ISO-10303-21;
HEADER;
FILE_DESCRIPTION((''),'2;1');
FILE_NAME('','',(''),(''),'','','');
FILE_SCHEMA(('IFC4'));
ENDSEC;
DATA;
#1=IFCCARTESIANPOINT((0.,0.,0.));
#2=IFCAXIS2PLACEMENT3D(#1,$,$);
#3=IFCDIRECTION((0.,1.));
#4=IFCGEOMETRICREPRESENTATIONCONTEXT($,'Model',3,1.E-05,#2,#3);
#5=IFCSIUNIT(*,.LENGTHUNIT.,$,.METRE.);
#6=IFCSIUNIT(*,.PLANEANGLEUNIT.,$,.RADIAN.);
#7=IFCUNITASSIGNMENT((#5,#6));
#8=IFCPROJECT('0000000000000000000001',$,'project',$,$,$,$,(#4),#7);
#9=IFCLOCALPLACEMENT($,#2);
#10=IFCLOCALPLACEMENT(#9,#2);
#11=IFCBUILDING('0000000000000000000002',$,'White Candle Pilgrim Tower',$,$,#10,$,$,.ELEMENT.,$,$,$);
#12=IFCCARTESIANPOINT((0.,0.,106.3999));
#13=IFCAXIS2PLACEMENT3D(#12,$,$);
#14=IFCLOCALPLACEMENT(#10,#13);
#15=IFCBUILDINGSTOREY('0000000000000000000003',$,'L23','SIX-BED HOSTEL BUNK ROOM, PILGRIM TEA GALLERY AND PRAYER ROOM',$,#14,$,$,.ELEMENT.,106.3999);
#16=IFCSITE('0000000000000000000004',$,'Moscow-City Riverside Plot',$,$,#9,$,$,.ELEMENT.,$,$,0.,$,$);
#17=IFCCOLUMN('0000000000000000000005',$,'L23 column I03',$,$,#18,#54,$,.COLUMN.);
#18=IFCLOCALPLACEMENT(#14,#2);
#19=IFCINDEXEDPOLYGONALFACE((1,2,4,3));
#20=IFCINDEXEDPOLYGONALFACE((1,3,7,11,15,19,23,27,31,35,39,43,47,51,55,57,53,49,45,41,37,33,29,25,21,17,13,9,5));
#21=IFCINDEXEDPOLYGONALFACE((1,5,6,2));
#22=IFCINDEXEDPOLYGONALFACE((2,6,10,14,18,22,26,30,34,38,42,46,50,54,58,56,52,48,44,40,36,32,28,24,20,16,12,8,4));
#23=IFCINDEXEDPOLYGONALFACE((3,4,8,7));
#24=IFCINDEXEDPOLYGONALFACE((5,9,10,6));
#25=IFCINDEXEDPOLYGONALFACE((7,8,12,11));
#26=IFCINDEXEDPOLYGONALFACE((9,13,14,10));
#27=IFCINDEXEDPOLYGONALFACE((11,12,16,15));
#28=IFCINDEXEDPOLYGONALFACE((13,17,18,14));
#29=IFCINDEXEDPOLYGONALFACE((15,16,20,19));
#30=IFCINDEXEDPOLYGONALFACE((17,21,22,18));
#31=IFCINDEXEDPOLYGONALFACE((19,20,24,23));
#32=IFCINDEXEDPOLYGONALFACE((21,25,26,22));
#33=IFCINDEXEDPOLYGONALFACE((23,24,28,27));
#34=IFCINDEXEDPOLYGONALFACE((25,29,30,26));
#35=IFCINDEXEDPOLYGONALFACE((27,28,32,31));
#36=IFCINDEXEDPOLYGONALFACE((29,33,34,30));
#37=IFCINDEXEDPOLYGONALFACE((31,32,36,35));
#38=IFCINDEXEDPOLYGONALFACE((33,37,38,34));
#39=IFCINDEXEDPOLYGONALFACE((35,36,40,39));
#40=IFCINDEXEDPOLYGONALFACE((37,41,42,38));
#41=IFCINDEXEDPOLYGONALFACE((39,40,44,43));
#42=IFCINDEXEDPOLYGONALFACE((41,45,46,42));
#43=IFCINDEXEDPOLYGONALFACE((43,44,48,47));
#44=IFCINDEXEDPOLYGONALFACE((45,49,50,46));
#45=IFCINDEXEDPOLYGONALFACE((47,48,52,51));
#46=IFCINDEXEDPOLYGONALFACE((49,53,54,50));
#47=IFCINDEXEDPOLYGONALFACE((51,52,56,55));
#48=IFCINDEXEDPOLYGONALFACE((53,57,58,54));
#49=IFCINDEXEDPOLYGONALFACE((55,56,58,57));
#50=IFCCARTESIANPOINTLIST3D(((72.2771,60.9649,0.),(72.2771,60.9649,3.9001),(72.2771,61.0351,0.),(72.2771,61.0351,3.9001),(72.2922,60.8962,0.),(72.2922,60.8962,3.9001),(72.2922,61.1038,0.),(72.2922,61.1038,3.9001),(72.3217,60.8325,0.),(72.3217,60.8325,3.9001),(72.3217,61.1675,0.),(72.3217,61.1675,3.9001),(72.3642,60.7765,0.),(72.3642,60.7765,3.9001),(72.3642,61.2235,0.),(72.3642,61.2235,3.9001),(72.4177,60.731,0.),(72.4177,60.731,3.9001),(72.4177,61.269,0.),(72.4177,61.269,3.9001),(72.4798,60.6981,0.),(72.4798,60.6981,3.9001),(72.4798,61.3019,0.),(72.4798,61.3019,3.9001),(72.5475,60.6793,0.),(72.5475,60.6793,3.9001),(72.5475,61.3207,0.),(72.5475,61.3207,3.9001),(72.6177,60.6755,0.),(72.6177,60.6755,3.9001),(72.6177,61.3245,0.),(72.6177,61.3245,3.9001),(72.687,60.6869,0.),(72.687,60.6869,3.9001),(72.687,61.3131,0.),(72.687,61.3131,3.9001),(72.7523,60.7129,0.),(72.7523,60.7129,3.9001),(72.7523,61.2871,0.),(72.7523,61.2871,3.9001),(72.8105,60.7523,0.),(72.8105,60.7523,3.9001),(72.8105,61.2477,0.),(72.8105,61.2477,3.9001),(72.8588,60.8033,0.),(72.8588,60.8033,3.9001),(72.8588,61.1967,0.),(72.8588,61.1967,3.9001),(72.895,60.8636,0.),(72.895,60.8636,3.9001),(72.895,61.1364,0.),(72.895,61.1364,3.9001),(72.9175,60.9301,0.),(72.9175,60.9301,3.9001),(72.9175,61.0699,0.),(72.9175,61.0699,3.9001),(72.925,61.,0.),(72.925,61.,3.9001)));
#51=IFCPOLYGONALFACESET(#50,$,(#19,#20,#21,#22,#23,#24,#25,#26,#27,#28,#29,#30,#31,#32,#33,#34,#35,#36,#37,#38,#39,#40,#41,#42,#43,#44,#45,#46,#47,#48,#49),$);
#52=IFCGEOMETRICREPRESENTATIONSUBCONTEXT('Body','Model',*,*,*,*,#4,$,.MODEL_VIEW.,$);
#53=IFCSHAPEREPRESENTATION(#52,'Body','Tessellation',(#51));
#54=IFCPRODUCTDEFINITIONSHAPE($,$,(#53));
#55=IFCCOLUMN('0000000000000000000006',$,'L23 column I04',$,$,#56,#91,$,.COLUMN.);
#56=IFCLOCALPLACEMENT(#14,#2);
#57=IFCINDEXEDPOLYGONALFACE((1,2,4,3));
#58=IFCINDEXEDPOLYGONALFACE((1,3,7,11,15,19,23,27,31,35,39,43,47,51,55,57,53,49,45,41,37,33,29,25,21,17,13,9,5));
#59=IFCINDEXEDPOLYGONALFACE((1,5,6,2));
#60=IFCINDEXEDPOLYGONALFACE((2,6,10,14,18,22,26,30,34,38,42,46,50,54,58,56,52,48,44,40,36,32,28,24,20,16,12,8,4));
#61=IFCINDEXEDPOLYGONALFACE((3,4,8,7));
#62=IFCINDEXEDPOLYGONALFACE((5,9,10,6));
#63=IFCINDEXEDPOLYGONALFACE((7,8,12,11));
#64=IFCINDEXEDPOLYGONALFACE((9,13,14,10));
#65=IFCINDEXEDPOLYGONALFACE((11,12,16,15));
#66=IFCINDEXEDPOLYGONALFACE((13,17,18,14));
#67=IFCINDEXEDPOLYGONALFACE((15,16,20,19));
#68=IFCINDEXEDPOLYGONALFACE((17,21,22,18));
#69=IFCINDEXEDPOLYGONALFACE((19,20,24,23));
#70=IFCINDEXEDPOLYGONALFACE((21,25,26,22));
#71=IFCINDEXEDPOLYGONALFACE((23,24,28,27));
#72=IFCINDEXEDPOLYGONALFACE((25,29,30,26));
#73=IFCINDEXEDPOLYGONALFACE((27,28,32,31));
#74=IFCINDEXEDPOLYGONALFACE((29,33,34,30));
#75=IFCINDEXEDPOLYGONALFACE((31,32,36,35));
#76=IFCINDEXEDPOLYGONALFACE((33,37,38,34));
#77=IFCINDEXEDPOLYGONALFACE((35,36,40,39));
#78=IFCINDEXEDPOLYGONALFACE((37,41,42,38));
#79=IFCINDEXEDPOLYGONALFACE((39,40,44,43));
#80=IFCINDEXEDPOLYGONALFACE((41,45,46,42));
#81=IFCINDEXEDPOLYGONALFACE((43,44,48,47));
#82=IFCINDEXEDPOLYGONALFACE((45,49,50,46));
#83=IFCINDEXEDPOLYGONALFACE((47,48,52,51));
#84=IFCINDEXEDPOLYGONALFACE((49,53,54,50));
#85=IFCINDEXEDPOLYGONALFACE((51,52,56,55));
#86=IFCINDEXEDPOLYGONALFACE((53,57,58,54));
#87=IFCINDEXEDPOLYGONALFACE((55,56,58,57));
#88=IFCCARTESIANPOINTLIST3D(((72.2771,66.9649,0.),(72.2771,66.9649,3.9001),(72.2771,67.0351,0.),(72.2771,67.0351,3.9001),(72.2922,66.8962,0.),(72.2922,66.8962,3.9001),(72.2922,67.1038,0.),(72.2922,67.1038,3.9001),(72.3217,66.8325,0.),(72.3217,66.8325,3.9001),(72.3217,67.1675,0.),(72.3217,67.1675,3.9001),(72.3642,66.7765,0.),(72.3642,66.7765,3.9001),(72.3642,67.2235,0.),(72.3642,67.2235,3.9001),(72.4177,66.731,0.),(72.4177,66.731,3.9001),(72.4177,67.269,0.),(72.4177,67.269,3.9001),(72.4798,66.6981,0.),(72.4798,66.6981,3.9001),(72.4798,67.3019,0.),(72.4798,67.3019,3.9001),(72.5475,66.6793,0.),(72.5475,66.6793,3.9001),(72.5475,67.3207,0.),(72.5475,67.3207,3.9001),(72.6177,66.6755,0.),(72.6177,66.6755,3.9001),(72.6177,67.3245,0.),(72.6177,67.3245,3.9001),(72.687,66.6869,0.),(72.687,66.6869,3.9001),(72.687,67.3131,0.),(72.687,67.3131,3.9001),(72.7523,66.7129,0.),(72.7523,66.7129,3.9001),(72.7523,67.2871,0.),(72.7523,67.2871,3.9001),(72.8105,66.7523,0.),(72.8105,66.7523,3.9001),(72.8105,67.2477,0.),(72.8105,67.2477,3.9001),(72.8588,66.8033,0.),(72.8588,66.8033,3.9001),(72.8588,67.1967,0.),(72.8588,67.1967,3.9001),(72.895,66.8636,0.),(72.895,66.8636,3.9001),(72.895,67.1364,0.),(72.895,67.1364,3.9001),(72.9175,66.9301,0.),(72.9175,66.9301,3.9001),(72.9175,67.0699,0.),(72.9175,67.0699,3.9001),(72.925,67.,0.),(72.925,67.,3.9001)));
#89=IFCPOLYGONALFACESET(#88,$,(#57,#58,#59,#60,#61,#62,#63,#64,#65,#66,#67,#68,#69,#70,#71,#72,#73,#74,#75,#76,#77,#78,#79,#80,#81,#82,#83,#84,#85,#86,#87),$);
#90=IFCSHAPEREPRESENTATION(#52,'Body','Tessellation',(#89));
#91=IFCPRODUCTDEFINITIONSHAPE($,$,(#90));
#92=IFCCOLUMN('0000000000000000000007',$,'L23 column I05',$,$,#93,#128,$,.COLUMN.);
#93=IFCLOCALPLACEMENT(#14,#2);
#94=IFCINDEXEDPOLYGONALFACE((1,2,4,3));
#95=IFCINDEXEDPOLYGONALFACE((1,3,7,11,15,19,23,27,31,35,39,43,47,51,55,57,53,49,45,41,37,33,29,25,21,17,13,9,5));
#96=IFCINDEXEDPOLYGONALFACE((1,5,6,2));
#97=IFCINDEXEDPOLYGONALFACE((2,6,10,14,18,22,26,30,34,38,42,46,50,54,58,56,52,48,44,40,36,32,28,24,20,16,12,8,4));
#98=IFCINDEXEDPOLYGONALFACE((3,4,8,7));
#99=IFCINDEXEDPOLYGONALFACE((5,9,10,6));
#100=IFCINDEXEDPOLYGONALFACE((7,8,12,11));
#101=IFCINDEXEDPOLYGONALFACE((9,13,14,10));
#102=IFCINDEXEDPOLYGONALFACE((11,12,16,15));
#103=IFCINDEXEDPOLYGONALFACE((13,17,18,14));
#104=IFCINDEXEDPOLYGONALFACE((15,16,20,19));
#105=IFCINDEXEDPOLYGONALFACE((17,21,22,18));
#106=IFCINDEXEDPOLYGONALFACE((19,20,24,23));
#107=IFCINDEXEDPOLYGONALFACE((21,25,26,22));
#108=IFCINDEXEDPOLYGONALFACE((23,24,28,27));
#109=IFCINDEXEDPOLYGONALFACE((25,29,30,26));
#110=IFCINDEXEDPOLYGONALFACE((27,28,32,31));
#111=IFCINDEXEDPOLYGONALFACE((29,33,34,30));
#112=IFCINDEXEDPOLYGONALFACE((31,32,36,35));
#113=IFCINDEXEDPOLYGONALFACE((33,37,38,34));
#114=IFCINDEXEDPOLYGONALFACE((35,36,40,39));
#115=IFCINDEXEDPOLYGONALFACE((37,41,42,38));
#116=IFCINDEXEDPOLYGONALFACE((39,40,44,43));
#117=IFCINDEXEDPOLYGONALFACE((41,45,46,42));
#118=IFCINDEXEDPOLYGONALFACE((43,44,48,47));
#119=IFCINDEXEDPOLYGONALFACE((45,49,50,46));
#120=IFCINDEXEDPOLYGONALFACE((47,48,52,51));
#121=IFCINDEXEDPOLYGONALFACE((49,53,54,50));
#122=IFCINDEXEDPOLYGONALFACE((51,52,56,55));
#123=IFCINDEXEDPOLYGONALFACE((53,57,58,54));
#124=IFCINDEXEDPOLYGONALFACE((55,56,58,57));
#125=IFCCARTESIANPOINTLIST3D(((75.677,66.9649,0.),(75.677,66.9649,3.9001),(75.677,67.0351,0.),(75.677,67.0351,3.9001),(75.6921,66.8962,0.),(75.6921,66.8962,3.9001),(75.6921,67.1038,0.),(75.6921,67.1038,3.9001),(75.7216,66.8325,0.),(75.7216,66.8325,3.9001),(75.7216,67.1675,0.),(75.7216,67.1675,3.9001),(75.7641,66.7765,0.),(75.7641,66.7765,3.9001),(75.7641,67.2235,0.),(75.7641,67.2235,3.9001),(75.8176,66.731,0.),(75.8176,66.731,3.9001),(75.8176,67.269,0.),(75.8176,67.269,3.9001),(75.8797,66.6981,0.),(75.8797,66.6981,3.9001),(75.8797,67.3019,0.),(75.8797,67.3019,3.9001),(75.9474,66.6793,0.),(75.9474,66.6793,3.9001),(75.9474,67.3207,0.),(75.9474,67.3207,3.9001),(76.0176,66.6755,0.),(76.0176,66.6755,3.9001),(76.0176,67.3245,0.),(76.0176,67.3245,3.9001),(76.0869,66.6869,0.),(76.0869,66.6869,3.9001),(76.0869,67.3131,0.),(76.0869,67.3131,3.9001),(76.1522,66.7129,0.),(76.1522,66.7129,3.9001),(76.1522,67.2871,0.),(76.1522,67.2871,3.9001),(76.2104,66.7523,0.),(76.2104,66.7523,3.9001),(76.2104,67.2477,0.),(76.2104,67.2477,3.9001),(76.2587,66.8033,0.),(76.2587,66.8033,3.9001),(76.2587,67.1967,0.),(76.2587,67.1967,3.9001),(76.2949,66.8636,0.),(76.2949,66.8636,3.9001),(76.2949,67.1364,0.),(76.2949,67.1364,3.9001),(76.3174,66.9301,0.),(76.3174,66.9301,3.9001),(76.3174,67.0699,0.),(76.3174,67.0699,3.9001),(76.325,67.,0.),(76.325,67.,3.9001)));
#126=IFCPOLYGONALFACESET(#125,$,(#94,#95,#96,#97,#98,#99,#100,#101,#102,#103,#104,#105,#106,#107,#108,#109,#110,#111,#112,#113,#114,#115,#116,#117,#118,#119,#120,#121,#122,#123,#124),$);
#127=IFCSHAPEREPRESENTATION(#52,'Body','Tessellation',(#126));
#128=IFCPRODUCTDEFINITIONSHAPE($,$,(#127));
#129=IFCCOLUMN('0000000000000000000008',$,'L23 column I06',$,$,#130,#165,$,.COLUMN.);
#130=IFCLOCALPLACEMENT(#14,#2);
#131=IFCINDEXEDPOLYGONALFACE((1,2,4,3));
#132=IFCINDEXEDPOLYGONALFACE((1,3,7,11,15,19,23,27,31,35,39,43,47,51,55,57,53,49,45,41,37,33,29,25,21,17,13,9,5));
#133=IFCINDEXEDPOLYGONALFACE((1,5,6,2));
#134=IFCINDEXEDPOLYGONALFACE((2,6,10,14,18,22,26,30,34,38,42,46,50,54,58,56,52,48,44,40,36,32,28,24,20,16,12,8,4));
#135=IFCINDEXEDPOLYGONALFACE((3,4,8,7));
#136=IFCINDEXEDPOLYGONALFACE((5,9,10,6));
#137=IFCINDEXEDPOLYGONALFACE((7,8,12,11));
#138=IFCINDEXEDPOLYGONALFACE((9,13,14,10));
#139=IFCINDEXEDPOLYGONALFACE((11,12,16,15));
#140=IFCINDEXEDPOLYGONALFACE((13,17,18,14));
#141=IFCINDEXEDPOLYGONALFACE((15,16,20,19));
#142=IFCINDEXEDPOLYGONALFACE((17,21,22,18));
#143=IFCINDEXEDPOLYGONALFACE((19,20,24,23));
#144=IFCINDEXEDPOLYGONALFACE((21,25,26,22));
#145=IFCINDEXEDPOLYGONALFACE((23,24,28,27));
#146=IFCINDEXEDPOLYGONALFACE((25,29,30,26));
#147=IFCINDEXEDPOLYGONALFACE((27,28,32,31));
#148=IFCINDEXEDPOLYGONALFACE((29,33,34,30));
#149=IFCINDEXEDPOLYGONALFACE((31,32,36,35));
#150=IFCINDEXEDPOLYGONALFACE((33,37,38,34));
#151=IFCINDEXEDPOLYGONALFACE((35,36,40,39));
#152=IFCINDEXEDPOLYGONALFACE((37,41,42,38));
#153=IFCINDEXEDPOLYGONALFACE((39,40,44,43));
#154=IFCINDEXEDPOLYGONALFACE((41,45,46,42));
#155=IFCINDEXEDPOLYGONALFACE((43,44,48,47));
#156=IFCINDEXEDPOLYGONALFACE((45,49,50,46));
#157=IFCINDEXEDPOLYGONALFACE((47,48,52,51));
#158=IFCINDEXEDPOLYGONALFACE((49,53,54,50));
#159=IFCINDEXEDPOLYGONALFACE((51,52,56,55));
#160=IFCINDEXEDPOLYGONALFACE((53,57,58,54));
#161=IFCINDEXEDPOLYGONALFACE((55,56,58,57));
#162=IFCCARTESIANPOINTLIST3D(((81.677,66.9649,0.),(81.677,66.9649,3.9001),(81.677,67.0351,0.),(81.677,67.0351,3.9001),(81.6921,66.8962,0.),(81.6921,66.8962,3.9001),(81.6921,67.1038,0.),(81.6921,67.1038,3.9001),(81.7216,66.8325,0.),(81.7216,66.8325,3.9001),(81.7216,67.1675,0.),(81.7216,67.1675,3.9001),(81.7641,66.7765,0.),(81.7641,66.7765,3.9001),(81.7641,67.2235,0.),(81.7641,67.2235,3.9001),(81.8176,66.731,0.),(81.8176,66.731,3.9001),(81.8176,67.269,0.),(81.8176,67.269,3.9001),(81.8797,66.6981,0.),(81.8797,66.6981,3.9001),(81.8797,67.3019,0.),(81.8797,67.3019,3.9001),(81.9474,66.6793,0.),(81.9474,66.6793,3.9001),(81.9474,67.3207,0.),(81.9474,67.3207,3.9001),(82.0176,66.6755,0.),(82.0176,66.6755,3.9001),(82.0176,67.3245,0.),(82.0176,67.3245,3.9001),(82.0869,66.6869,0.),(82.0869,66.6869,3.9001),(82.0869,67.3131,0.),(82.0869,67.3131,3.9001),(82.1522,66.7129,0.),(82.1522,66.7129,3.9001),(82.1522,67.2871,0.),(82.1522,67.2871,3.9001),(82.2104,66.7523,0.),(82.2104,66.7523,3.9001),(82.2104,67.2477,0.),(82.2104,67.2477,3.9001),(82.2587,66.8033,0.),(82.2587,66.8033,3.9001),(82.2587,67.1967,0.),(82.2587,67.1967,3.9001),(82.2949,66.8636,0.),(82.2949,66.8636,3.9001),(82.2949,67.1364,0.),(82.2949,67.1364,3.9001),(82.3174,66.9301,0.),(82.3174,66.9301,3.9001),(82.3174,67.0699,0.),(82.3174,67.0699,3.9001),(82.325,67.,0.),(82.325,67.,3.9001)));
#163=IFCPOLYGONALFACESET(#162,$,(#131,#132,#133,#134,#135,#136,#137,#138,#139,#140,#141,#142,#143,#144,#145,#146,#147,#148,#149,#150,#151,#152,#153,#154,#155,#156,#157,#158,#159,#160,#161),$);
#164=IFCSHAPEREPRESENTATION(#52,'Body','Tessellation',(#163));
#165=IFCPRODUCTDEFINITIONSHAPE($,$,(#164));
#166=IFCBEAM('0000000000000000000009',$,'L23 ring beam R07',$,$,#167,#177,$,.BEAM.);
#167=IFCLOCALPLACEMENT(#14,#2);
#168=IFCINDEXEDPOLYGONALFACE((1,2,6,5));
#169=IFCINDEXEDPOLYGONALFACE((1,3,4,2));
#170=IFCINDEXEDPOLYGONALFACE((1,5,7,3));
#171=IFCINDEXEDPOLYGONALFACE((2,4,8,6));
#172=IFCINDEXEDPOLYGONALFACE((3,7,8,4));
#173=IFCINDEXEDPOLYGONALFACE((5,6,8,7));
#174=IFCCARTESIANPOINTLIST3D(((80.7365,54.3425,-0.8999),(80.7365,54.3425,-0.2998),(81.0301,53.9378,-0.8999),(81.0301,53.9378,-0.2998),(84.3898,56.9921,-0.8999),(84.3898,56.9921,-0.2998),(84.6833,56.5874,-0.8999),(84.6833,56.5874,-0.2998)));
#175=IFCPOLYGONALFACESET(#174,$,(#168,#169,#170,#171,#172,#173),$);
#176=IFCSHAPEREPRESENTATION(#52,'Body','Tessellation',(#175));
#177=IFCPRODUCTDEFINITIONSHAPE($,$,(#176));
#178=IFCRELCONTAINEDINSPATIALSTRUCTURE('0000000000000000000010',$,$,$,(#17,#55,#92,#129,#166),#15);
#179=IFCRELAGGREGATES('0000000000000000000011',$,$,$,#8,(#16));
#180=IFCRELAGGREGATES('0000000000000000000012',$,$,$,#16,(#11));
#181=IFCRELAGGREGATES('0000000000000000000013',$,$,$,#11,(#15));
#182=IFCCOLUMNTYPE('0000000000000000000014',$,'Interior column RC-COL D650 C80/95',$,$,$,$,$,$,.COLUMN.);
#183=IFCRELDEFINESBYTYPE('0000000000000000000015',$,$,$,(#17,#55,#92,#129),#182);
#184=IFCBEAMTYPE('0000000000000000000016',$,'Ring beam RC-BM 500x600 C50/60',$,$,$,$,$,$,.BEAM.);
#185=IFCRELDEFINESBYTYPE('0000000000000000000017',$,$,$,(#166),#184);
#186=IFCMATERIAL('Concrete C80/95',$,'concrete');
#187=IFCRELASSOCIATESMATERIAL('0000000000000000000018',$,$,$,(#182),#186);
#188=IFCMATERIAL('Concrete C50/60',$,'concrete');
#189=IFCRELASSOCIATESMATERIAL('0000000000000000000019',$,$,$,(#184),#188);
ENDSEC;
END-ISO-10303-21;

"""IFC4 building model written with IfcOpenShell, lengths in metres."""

from ifc_helpers import new_model, si_unit, direction, frame, origin, origin_2d, place, context, subcontext, project, spatial, rectangle, circle, extrude, material, material_profile, profile_set, type_object, element, save


model = new_model("IFC4")

# Units and contexts
model_context = context("Model", 3, precision=1e-05, world=origin(), true_north=direction((0.0, 1.0)))
body_context = subcontext(model_context, "Body", "Model", "MODEL_VIEW")
ifc_project = project(units=[si_unit("LENGTHUNIT", "METRE"), si_unit("PLANEANGLEUNIT", "RADIAN")], contexts=[model_context])

# Site, building, storey
site_placement = place(None, origin())
site = spatial("IfcSite", under=ifc_project, at=site_placement, Name="Moscow-City Riverside Plot", CompositionType="ELEMENT", RefElevation=0.0)
building_placement = place(site_placement, origin())
building = spatial("IfcBuilding", under=site, at=building_placement, Name="White Candle Pilgrim Tower", CompositionType="ELEMENT")
storey_placement = place(building_placement, frame((0.0, 0.0, 106.3999)))
storey = spatial("IfcBuildingStorey", under=building, at=storey_placement, Name="L23", Description="SIX-BED HOSTEL BUNK ROOM, PILGRIM TEA GALLERY AND PRAYER ROOM", CompositionType="ELEMENT", Elevation=106.3999)

# Columns
ifc_material_1 = material(Name="Concrete C80/95", Category="concrete")
ifc_material_profile_1 = material_profile(ifc_material_1, circle(Radius=0.325, at=origin_2d()), Name="RC-COL D650")
ifc_profile_set_1 = profile_set([ifc_material_profile_1], Name="Concrete C80/95")
column_type = type_object("IfcColumnType", Name="Interior column RC-COL D650 C80/95", PredefinedType="COLUMN", material=ifc_profile_set_1)
for number, where, z_axis, x_axis, name in (
    (1, (72.6001, 61.0, 0.0), (0.0, 0.0, 1.0), (1.0, 0.0, 0.0), "L23 column I03"),
    (2, (72.6001, 67.0, 0.0), (0.0, 0.0, 1.0), (1.0, 0.0, 0.0), "L23 column I04"),
    (3, (76.0, 67.0, 0.0), (0.0, 0.0, 1.0), (1.0, 0.0, 0.0), "L23 column I05"),
    (4, (82.0, 67.0, 0.0), (0.0, 0.0, 1.0), (1.0, 0.0, 0.0), "L23 column I06"),
):
    element("IfcColumn", number, at=place(storey_placement, frame(where, z_axis=z_axis, x_axis=x_axis)), inside=storey, type_object=column_type, Name=name, PredefinedType="COLUMN", context=body_context, shape_type="SweptSolid", body=[
        extrude(circle(Radius=0.325, at=origin_2d()), origin(), (0.0, 0.0, 1.0), 3.9001),
    ])

# Beam
ifc_material_2 = material(Name="Concrete C50/60", Category="concrete")
ifc_material_profile_2 = material_profile(ifc_material_2, rectangle(XDim=0.5, YDim=0.6001, at=origin_2d()), Name="RC-BM 500x600")
ifc_profile_set_2 = profile_set([ifc_material_profile_2], Name="Concrete C50/60")
beam_type = type_object("IfcBeamType", Name="Ring beam RC-BM 500x600 C50/60", PredefinedType="BEAM", material=ifc_profile_set_2)
beam_placement = place(storey_placement, frame((80.8833, 54.1401, -0.5999), z_axis=(0.809505, 0.587113, 0.0), x_axis=(-0.587113, 0.809505, 0.0)))
element("IfcBeam", 5, at=beam_placement, inside=storey, type_object=beam_type, Name="L23 ring beam R07", PredefinedType="BEAM", context=body_context, shape_type="SweptSolid", body=[
    extrude(rectangle(XDim=0.5, YDim=0.6001, at=origin_2d()), origin(), (0.0, 0.0, 1.0), 4.5129),
])

save(model, "model.ifc")
